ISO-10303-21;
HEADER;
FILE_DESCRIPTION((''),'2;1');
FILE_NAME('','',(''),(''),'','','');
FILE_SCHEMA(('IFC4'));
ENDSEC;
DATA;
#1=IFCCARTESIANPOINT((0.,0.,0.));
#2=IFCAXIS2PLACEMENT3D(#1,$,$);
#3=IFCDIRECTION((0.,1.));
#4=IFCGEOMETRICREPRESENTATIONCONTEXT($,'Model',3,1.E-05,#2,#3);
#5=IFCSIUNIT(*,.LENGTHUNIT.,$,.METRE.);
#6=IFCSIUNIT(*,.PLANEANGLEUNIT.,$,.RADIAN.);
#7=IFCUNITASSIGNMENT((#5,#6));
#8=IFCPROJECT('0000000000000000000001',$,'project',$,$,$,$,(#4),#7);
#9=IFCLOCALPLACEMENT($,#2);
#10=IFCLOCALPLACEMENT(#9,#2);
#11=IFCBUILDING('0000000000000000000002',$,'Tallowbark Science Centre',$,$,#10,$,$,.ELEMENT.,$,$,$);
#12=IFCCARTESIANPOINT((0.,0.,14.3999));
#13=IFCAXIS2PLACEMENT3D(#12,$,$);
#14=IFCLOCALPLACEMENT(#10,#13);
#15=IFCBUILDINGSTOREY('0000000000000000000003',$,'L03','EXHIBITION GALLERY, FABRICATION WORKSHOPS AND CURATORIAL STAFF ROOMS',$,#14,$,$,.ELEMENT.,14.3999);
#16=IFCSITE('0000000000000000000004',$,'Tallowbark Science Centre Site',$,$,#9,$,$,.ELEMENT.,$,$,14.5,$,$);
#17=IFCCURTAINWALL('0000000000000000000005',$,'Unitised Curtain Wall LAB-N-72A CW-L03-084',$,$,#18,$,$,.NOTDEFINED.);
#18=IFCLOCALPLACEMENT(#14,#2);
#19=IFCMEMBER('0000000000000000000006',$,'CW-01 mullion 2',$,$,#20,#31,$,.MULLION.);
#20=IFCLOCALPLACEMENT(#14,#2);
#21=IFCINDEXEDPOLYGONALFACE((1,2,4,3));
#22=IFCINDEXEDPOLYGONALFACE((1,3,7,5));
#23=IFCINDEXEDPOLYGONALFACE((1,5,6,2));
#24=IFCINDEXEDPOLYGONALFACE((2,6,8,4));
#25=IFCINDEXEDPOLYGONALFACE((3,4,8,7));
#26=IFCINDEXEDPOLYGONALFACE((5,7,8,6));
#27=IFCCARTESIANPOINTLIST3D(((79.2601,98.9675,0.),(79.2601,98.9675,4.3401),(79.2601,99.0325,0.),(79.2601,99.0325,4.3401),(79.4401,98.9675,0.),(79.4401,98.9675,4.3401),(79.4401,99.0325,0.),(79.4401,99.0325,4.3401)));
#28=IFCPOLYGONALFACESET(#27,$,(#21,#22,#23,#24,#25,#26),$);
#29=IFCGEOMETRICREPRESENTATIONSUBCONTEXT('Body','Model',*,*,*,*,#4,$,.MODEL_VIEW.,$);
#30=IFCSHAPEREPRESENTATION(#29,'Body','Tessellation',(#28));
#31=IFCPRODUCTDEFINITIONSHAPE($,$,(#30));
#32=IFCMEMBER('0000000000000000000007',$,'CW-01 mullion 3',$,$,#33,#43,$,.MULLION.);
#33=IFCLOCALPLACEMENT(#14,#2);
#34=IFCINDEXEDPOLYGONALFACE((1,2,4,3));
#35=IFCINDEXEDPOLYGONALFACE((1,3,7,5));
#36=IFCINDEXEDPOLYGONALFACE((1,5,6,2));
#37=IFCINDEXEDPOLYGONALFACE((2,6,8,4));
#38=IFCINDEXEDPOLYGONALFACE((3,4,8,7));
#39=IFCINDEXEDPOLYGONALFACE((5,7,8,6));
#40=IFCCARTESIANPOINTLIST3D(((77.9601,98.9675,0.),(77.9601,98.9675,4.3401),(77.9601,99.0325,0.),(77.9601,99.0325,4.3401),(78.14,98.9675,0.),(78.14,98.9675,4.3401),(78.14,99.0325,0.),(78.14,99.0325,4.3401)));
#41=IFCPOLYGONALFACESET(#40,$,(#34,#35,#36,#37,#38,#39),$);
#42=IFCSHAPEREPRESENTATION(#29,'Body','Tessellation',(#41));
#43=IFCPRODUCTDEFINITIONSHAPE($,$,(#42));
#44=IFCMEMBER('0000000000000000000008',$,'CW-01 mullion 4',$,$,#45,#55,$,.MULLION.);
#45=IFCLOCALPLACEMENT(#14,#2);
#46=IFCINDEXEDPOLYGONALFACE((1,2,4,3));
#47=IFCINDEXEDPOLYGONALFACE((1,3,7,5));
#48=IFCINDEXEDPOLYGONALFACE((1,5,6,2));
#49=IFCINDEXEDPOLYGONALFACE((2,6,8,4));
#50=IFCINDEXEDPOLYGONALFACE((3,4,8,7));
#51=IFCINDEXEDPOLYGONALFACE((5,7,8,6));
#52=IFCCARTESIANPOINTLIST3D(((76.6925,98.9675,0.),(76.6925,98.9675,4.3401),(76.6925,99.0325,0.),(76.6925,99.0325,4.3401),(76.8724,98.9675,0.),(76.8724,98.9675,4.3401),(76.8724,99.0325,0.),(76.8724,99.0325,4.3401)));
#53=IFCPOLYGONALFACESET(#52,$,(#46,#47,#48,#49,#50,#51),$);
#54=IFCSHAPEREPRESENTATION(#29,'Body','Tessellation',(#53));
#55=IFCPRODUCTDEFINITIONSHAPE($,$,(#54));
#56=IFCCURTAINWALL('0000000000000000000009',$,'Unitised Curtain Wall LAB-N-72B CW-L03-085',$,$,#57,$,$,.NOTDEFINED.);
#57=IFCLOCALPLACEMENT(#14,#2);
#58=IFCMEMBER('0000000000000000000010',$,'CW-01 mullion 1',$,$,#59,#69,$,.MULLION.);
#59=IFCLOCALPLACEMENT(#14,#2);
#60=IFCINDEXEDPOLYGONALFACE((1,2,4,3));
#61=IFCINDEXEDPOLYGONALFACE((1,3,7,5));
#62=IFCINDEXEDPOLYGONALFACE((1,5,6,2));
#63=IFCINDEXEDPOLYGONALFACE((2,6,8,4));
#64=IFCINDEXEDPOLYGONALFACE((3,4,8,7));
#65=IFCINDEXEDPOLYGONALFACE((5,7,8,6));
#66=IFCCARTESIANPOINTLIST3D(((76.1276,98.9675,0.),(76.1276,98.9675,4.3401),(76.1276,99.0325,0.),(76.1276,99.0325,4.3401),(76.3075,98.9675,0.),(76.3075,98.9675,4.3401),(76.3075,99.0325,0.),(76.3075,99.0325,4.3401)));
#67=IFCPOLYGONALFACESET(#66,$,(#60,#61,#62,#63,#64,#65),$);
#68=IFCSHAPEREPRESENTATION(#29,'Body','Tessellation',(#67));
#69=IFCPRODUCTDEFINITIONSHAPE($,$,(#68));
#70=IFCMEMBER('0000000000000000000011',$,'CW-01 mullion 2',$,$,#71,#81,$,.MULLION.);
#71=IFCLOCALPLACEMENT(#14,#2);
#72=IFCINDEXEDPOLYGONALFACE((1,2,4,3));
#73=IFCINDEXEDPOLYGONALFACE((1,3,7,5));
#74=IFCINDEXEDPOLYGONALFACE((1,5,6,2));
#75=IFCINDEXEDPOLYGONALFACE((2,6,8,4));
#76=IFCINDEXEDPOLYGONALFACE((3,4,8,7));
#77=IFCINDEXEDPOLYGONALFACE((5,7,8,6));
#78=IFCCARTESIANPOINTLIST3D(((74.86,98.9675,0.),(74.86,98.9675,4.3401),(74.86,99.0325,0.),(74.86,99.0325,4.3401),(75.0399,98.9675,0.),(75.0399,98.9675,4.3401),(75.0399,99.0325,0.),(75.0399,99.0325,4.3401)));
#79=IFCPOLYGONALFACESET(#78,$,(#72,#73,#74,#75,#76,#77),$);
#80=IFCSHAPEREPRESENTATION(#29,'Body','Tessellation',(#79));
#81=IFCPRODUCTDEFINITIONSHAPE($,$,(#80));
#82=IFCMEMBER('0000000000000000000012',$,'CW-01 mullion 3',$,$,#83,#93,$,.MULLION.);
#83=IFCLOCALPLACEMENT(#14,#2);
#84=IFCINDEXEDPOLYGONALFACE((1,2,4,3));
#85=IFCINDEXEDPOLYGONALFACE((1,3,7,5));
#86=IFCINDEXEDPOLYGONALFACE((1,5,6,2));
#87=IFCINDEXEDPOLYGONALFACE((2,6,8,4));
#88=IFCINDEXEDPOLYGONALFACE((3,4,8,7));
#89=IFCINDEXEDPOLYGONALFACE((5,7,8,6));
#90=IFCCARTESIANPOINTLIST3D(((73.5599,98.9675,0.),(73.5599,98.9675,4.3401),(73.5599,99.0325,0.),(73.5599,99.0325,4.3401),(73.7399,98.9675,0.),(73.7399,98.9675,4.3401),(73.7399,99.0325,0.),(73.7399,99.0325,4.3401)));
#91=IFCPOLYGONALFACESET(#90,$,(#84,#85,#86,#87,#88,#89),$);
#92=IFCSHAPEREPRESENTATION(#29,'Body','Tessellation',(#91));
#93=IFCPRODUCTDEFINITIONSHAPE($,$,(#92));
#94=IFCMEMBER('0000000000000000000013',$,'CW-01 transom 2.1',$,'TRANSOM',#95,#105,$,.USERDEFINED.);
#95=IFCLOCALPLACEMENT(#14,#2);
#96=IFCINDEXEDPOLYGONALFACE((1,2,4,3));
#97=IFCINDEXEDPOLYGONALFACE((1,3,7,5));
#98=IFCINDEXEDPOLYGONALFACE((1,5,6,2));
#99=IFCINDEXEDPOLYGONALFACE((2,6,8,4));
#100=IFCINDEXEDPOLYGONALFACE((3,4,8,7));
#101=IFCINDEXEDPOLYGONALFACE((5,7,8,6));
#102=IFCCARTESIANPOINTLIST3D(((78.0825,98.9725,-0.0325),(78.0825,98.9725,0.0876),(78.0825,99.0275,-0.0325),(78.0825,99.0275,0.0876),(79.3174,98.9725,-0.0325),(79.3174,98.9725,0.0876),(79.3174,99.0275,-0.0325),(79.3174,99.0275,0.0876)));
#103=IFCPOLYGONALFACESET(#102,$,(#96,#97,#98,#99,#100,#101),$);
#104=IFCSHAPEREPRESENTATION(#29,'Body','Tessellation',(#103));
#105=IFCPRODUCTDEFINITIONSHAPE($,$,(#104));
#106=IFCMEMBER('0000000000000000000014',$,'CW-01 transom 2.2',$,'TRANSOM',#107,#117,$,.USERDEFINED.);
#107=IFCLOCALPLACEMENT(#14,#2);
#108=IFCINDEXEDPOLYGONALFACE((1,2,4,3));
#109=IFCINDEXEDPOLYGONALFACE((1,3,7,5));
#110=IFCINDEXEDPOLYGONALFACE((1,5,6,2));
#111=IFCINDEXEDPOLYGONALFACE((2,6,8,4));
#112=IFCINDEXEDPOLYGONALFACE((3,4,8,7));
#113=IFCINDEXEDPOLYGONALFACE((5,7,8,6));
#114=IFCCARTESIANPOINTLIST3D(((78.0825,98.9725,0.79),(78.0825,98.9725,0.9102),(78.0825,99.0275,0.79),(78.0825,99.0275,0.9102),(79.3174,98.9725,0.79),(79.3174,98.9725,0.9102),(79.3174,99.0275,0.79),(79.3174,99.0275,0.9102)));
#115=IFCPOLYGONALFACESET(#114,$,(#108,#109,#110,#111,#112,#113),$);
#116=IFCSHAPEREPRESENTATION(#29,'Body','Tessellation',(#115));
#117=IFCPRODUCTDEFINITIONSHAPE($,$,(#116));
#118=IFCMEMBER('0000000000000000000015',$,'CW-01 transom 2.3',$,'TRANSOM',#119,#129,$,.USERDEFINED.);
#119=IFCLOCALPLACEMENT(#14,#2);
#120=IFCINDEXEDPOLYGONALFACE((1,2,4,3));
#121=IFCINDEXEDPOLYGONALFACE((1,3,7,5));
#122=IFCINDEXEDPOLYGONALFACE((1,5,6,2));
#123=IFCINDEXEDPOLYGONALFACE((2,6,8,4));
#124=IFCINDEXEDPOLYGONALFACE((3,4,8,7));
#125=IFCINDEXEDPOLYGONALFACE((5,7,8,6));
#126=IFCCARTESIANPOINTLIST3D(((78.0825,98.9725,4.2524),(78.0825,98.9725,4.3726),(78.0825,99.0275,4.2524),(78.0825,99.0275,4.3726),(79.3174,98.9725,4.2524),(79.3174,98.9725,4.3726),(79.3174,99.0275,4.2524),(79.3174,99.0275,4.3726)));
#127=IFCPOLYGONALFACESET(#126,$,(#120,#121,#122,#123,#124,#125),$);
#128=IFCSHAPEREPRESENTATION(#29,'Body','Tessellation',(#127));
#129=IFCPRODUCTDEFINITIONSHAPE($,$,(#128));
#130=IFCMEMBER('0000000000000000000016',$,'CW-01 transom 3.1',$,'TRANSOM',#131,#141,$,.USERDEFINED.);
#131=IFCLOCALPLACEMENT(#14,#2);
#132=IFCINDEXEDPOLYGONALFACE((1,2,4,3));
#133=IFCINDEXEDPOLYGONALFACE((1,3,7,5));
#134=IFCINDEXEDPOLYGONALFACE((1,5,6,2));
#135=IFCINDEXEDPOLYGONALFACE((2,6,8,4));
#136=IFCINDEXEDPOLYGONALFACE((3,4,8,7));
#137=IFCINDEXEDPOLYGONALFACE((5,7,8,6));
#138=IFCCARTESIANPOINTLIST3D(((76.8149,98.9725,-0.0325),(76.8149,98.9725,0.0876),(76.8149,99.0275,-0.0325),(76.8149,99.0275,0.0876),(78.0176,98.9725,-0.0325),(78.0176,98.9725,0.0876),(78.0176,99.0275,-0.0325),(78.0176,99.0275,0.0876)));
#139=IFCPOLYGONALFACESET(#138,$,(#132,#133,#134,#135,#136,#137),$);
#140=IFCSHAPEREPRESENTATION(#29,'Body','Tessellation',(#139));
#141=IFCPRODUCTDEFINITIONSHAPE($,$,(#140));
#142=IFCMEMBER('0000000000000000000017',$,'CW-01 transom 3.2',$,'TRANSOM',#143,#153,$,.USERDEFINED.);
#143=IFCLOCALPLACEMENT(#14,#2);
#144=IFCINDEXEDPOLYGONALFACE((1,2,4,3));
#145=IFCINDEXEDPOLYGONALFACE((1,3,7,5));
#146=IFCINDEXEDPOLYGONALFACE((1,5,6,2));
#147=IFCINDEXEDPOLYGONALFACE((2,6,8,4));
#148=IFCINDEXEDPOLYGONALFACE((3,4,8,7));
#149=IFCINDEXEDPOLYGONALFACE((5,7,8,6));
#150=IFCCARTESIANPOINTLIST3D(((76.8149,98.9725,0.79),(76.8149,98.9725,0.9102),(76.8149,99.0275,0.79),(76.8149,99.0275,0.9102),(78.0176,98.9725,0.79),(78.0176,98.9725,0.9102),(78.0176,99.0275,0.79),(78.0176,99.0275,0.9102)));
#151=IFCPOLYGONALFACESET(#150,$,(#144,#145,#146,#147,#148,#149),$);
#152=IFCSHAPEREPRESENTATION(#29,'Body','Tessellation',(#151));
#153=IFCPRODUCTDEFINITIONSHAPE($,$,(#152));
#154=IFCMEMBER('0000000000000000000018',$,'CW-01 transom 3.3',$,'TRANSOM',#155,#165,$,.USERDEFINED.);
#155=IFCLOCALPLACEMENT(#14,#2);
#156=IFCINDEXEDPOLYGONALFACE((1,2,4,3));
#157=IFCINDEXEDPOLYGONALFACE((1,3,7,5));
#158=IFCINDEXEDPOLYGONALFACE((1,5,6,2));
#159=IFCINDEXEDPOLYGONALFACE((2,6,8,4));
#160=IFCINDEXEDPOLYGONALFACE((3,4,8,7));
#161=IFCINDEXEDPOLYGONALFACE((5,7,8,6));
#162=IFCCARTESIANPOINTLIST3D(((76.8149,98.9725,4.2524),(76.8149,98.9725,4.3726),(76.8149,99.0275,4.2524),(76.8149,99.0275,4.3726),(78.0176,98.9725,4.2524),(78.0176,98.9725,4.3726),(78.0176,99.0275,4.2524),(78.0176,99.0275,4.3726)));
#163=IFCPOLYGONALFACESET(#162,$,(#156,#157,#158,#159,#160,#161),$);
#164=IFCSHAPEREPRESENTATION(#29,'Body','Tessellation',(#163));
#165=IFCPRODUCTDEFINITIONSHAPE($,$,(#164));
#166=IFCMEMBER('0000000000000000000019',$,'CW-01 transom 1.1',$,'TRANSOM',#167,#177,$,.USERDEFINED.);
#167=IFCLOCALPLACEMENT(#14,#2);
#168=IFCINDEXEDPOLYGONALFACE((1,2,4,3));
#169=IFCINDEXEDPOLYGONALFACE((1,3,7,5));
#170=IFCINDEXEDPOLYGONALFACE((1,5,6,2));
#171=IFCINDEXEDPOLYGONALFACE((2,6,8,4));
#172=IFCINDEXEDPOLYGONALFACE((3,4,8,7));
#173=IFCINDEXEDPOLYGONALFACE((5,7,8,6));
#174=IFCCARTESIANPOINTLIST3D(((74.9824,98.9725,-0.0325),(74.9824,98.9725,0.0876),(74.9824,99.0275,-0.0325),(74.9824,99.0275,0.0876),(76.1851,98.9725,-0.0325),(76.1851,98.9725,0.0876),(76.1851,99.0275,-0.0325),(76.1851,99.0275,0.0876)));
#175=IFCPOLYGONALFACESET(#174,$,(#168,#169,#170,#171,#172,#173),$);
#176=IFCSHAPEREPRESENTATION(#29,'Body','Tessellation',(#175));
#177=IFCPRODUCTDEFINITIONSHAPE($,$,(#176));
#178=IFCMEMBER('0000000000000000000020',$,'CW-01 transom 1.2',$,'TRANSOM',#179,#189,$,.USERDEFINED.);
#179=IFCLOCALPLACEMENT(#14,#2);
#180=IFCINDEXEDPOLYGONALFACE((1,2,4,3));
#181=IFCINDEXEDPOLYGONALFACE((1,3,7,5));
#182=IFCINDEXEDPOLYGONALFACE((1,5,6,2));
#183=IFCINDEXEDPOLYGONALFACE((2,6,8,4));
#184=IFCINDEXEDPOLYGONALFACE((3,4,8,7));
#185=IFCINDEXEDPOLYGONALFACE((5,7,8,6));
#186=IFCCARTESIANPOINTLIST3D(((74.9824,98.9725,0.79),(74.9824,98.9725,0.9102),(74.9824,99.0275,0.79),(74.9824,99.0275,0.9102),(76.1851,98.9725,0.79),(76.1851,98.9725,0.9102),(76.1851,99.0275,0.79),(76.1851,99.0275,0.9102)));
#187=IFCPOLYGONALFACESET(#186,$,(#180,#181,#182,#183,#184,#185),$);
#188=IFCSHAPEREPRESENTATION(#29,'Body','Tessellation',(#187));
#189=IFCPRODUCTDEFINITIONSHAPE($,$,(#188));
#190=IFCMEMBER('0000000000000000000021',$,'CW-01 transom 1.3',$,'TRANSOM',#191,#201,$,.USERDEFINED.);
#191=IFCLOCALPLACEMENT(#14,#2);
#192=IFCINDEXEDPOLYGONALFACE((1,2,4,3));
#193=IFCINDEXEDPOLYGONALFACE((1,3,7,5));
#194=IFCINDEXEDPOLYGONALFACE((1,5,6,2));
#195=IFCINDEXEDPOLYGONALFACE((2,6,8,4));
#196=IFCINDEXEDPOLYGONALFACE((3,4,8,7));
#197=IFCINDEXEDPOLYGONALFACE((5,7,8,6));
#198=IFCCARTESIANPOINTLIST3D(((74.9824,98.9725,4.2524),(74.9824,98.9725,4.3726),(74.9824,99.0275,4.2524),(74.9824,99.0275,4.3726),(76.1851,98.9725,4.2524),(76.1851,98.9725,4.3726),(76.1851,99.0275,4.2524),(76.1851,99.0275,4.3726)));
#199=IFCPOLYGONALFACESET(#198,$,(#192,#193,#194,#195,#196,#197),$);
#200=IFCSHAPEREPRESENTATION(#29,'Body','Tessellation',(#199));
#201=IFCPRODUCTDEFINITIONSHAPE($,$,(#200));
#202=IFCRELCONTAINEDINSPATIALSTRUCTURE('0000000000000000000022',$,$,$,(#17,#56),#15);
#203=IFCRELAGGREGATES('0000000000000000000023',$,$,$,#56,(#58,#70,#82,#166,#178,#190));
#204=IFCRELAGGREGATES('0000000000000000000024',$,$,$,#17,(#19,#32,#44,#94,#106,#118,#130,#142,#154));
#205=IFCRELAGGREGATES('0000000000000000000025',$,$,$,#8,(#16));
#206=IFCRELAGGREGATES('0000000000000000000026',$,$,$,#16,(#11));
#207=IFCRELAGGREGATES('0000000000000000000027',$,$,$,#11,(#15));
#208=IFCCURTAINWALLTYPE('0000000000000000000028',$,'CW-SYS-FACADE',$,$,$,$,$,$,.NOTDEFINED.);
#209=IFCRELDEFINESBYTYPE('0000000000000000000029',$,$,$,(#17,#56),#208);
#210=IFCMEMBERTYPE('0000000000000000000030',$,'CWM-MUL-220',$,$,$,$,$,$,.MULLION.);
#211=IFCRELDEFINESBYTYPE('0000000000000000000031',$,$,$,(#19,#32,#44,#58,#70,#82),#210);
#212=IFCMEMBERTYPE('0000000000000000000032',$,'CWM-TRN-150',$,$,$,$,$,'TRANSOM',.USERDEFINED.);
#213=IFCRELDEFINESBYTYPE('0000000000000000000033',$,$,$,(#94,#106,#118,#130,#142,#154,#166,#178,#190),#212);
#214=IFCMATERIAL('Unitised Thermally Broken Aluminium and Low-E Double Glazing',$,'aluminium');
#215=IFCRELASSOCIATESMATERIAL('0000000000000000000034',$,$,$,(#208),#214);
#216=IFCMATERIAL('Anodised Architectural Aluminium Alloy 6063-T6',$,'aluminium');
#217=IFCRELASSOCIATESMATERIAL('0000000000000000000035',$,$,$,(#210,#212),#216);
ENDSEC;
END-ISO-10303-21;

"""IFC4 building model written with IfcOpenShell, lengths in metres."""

from ifc_helpers import new_model, si_unit, direction, frame, origin, origin_2d, place, context, subcontext, project, spatial, rectangle, extrude, material, material_profile, profile_set, type_object, element, aggregate, save


model = new_model("IFC4")

# Units and contexts
model_context = context("Model", 3, precision=1e-05, world=origin(), true_north=direction((0.0, 1.0)))
body_context = subcontext(model_context, "Body", "Model", "MODEL_VIEW")
ifc_project = project(units=[si_unit("LENGTHUNIT", "METRE"), si_unit("PLANEANGLEUNIT", "RADIAN")], contexts=[model_context])

# Site, building, storey
site_placement = place(None, origin())
site = spatial("IfcSite", under=ifc_project, at=site_placement, Name="Tallowbark Science Centre Site", CompositionType="ELEMENT", RefElevation=14.5)
building_placement = place(site_placement, origin())
building = spatial("IfcBuilding", under=site, at=building_placement, Name="Tallowbark Science Centre", CompositionType="ELEMENT")
storey_placement = place(building_placement, frame((0.0, 0.0, 14.3999)))
storey = spatial("IfcBuildingStorey", under=building, at=storey_placement, Name="L03", Description="EXHIBITION GALLERY, FABRICATION WORKSHOPS AND CURATORIAL STAFF ROOMS", CompositionType="ELEMENT", Elevation=14.3999)

# Curtain walls, members
ifc_material_1 = material(Name="Unitised Thermally Broken Aluminium and Low-E Double Glazing", Category="aluminium")
curtain_wall_type = type_object("IfcCurtainWallType", Name="CW-SYS-FACADE", PredefinedType="NOTDEFINED", material=ifc_material_1)
curtain_wall_1_placement = place(storey_placement, origin())
curtain_wall_1 = element("IfcCurtainWall", 1, at=curtain_wall_1_placement, inside=storey, type_object=curtain_wall_type, Name="Unitised Curtain Wall LAB-N-72A CW-L03-084", PredefinedType="NOTDEFINED")
ifc_material_2 = material(Name="Anodised Architectural Aluminium Alloy 6063-T6", Category="aluminium")
ifc_material_profile_1 = material_profile(ifc_material_2, rectangle(XDim=0.0649, YDim=0.1799, at=origin_2d()), Name="ALU65x180")
ifc_profile_set_1 = profile_set([ifc_material_profile_1], Name="Anodised Architectural Aluminium Alloy 6063-T6")
member_type_1 = type_object("IfcMemberType", Name="CWM-MUL-220", PredefinedType="MULLION", material=ifc_profile_set_1)
member_1_placement = place(storey_placement, frame((79.3501, 99.0, 0.0), z_axis=(0.0, 0.0, 1.0), x_axis=(0.0, -1.0, 0.0)))
member_1 = element("IfcMember", 2, at=member_1_placement, type_object=member_type_1, Name="CW-01 mullion 2", PredefinedType="MULLION", context=body_context, shape_type="SweptSolid", body=[
    extrude(rectangle(XDim=0.0649, YDim=0.1799, at=origin_2d()), origin(), (0.0, 0.0, 1.0), 4.3401),
])
member_2_placement = place(storey_placement, frame((78.05, 99.0, 0.0), z_axis=(0.0, 0.0, 1.0), x_axis=(0.0, -1.0, 0.0)))
member_2 = element("IfcMember", 3, at=member_2_placement, type_object=member_type_1, Name="CW-01 mullion 3", PredefinedType="MULLION", context=body_context, shape_type="SweptSolid", body=[
    extrude(rectangle(XDim=0.0649, YDim=0.1799, at=origin_2d()), origin(), (0.0, 0.0, 1.0), 4.3401),
])
member_3_placement = place(storey_placement, frame((76.7825, 99.0, 0.0), z_axis=(0.0, 0.0, 1.0), x_axis=(0.0, -1.0, 0.0)))
member_3 = element("IfcMember", 4, at=member_3_placement, type_object=member_type_1, Name="CW-01 mullion 4", PredefinedType="MULLION", context=body_context, shape_type="SweptSolid", body=[
    extrude(rectangle(XDim=0.0649, YDim=0.1799, at=origin_2d()), origin(), (0.0, 0.0, 1.0), 4.3401),
])
curtain_wall_2_placement = place(storey_placement, origin())
curtain_wall_2 = element("IfcCurtainWall", 5, at=curtain_wall_2_placement, inside=storey, type_object=curtain_wall_type, Name="Unitised Curtain Wall LAB-N-72B CW-L03-085", PredefinedType="NOTDEFINED")
member_4_placement = place(storey_placement, frame((76.2175, 99.0, 0.0), z_axis=(0.0, 0.0, 1.0), x_axis=(0.0, -1.0, 0.0)))
member_4 = element("IfcMember", 6, at=member_4_placement, type_object=member_type_1, Name="CW-01 mullion 1", PredefinedType="MULLION", context=body_context, shape_type="SweptSolid", body=[
    extrude(rectangle(XDim=0.0649, YDim=0.1799, at=origin_2d()), origin(), (0.0, 0.0, 1.0), 4.3401),
])
member_5_placement = place(storey_placement, frame((74.95, 99.0, 0.0), z_axis=(0.0, 0.0, 1.0), x_axis=(0.0, -1.0, 0.0)))
member_5 = element("IfcMember", 7, at=member_5_placement, type_object=member_type_1, Name="CW-01 mullion 2", PredefinedType="MULLION", context=body_context, shape_type="SweptSolid", body=[
    extrude(rectangle(XDim=0.0649, YDim=0.1799, at=origin_2d()), origin(), (0.0, 0.0, 1.0), 4.3401),
])
member_6_placement = place(storey_placement, frame((73.6499, 99.0, 0.0), z_axis=(0.0, 0.0, 1.0), x_axis=(0.0, -1.0, 0.0)))
member_6 = element("IfcMember", 8, at=member_6_placement, type_object=member_type_1, Name="CW-01 mullion 3", PredefinedType="MULLION", context=body_context, shape_type="SweptSolid", body=[
    extrude(rectangle(XDim=0.0649, YDim=0.1799, at=origin_2d()), origin(), (0.0, 0.0, 1.0), 4.3401),
])

# Members
ifc_material_profile_2 = material_profile(ifc_material_2, rectangle(XDim=0.0549, YDim=0.1201, at=origin_2d()), Name="ALU55x120")
ifc_profile_set_2 = profile_set([ifc_material_profile_2], Name="Anodised Architectural Aluminium Alloy 6063-T6")
member_type_2 = type_object("IfcMemberType", Name="CWM-TRN-150", ElementType="TRANSOM", PredefinedType="USERDEFINED", material=ifc_profile_set_2)
member_7_placement = place(storey_placement, frame((79.3174, 99.0, 0.0276), z_axis=(-1.0, 0.0, 0.0), x_axis=(0.0, -1.0, 0.0)))
member_7 = element("IfcMember", 9, at=member_7_placement, type_object=member_type_2, Name="CW-01 transom 2.1", ObjectType="TRANSOM", PredefinedType="USERDEFINED", context=body_context, shape_type="SweptSolid", body=[
    extrude(rectangle(XDim=0.0549, YDim=0.1201, at=origin_2d()), origin(), (0.0, 0.0, 1.0), 1.2349),
])
member_8_placement = place(storey_placement, frame((79.3174, 99.0, 0.8501), z_axis=(-1.0, 0.0, 0.0), x_axis=(0.0, -1.0, 0.0)))
member_8 = element("IfcMember", 10, at=member_8_placement, type_object=member_type_2, Name="CW-01 transom 2.2", ObjectType="TRANSOM", PredefinedType="USERDEFINED", context=body_context, shape_type="SweptSolid", body=[
    extrude(rectangle(XDim=0.0549, YDim=0.1201, at=origin_2d()), origin(), (0.0, 0.0, 1.0), 1.2349),
])
member_9_placement = place(storey_placement, frame((79.3174, 99.0, 4.3125), z_axis=(-1.0, 0.0, 0.0), x_axis=(0.0, -1.0, 0.0)))
member_9 = element("IfcMember", 11, at=member_9_placement, type_object=member_type_2, Name="CW-01 transom 2.3", ObjectType="TRANSOM", PredefinedType="USERDEFINED", context=body_context, shape_type="SweptSolid", body=[
    extrude(rectangle(XDim=0.0549, YDim=0.1201, at=origin_2d()), origin(), (0.0, 0.0, 1.0), 1.2349),
])
member_10_placement = place(storey_placement, frame((78.0176, 99.0, 0.0276), z_axis=(-1.0, 0.0, 0.0), x_axis=(0.0, -1.0, 0.0)))
member_10 = element("IfcMember", 12, at=member_10_placement, type_object=member_type_2, Name="CW-01 transom 3.1", ObjectType="TRANSOM", PredefinedType="USERDEFINED", context=body_context, shape_type="SweptSolid", body=[
    extrude(rectangle(XDim=0.0549, YDim=0.1201, at=origin_2d()), origin(), (0.0, 0.0, 1.0), 1.2026),
])
member_11_placement = place(storey_placement, frame((78.0176, 99.0, 0.8501), z_axis=(-1.0, 0.0, 0.0), x_axis=(0.0, -1.0, 0.0)))
member_11 = element("IfcMember", 13, at=member_11_placement, type_object=member_type_2, Name="CW-01 transom 3.2", ObjectType="TRANSOM", PredefinedType="USERDEFINED", context=body_context, shape_type="SweptSolid", body=[
    extrude(rectangle(XDim=0.0549, YDim=0.1201, at=origin_2d()), origin(), (0.0, 0.0, 1.0), 1.2026),
])
member_12_placement = place(storey_placement, frame((78.0176, 99.0, 4.3125), z_axis=(-1.0, 0.0, 0.0), x_axis=(0.0, -1.0, 0.0)))
member_12 = element("IfcMember", 14, at=member_12_placement, type_object=member_type_2, Name="CW-01 transom 3.3", ObjectType="TRANSOM", PredefinedType="USERDEFINED", context=body_context, shape_type="SweptSolid", body=[
    extrude(rectangle(XDim=0.0549, YDim=0.1201, at=origin_2d()), origin(), (0.0, 0.0, 1.0), 1.2026),
])
member_13_placement = place(storey_placement, frame((76.1851, 99.0, 0.0276), z_axis=(-1.0, 0.0, 0.0), x_axis=(0.0, -1.0, 0.0)))
member_13 = element("IfcMember", 15, at=member_13_placement, type_object=member_type_2, Name="CW-01 transom 1.1", ObjectType="TRANSOM", PredefinedType="USERDEFINED", context=body_context, shape_type="SweptSolid", body=[
    extrude(rectangle(XDim=0.0549, YDim=0.1201, at=origin_2d()), origin(), (0.0, 0.0, 1.0), 1.2026),
])
member_14_placement = place(storey_placement, frame((76.1851, 99.0, 0.8501), z_axis=(-1.0, 0.0, 0.0), x_axis=(0.0, -1.0, 0.0)))
member_14 = element("IfcMember", 16, at=member_14_placement, type_object=member_type_2, Name="CW-01 transom 1.2", ObjectType="TRANSOM", PredefinedType="USERDEFINED", context=body_context, shape_type="SweptSolid", body=[
    extrude(rectangle(XDim=0.0549, YDim=0.1201, at=origin_2d()), origin(), (0.0, 0.0, 1.0), 1.2026),
])
member_15_placement = place(storey_placement, frame((76.1851, 99.0, 4.3125), z_axis=(-1.0, 0.0, 0.0), x_axis=(0.0, -1.0, 0.0)))
member_15 = element("IfcMember", 17, at=member_15_placement, type_object=member_type_2, Name="CW-01 transom 1.3", ObjectType="TRANSOM", PredefinedType="USERDEFINED", context=body_context, shape_type="SweptSolid", body=[
    extrude(rectangle(XDim=0.0549, YDim=0.1201, at=origin_2d()), origin(), (0.0, 0.0, 1.0), 1.2026),
])

aggregate(curtain_wall_2, [member_4, member_5, member_6, member_13, member_14, member_15])
aggregate(curtain_wall_1, [member_1, member_2, member_3, member_7, member_8, member_9, member_10, member_11, member_12])

save(model, "model.ifc")
